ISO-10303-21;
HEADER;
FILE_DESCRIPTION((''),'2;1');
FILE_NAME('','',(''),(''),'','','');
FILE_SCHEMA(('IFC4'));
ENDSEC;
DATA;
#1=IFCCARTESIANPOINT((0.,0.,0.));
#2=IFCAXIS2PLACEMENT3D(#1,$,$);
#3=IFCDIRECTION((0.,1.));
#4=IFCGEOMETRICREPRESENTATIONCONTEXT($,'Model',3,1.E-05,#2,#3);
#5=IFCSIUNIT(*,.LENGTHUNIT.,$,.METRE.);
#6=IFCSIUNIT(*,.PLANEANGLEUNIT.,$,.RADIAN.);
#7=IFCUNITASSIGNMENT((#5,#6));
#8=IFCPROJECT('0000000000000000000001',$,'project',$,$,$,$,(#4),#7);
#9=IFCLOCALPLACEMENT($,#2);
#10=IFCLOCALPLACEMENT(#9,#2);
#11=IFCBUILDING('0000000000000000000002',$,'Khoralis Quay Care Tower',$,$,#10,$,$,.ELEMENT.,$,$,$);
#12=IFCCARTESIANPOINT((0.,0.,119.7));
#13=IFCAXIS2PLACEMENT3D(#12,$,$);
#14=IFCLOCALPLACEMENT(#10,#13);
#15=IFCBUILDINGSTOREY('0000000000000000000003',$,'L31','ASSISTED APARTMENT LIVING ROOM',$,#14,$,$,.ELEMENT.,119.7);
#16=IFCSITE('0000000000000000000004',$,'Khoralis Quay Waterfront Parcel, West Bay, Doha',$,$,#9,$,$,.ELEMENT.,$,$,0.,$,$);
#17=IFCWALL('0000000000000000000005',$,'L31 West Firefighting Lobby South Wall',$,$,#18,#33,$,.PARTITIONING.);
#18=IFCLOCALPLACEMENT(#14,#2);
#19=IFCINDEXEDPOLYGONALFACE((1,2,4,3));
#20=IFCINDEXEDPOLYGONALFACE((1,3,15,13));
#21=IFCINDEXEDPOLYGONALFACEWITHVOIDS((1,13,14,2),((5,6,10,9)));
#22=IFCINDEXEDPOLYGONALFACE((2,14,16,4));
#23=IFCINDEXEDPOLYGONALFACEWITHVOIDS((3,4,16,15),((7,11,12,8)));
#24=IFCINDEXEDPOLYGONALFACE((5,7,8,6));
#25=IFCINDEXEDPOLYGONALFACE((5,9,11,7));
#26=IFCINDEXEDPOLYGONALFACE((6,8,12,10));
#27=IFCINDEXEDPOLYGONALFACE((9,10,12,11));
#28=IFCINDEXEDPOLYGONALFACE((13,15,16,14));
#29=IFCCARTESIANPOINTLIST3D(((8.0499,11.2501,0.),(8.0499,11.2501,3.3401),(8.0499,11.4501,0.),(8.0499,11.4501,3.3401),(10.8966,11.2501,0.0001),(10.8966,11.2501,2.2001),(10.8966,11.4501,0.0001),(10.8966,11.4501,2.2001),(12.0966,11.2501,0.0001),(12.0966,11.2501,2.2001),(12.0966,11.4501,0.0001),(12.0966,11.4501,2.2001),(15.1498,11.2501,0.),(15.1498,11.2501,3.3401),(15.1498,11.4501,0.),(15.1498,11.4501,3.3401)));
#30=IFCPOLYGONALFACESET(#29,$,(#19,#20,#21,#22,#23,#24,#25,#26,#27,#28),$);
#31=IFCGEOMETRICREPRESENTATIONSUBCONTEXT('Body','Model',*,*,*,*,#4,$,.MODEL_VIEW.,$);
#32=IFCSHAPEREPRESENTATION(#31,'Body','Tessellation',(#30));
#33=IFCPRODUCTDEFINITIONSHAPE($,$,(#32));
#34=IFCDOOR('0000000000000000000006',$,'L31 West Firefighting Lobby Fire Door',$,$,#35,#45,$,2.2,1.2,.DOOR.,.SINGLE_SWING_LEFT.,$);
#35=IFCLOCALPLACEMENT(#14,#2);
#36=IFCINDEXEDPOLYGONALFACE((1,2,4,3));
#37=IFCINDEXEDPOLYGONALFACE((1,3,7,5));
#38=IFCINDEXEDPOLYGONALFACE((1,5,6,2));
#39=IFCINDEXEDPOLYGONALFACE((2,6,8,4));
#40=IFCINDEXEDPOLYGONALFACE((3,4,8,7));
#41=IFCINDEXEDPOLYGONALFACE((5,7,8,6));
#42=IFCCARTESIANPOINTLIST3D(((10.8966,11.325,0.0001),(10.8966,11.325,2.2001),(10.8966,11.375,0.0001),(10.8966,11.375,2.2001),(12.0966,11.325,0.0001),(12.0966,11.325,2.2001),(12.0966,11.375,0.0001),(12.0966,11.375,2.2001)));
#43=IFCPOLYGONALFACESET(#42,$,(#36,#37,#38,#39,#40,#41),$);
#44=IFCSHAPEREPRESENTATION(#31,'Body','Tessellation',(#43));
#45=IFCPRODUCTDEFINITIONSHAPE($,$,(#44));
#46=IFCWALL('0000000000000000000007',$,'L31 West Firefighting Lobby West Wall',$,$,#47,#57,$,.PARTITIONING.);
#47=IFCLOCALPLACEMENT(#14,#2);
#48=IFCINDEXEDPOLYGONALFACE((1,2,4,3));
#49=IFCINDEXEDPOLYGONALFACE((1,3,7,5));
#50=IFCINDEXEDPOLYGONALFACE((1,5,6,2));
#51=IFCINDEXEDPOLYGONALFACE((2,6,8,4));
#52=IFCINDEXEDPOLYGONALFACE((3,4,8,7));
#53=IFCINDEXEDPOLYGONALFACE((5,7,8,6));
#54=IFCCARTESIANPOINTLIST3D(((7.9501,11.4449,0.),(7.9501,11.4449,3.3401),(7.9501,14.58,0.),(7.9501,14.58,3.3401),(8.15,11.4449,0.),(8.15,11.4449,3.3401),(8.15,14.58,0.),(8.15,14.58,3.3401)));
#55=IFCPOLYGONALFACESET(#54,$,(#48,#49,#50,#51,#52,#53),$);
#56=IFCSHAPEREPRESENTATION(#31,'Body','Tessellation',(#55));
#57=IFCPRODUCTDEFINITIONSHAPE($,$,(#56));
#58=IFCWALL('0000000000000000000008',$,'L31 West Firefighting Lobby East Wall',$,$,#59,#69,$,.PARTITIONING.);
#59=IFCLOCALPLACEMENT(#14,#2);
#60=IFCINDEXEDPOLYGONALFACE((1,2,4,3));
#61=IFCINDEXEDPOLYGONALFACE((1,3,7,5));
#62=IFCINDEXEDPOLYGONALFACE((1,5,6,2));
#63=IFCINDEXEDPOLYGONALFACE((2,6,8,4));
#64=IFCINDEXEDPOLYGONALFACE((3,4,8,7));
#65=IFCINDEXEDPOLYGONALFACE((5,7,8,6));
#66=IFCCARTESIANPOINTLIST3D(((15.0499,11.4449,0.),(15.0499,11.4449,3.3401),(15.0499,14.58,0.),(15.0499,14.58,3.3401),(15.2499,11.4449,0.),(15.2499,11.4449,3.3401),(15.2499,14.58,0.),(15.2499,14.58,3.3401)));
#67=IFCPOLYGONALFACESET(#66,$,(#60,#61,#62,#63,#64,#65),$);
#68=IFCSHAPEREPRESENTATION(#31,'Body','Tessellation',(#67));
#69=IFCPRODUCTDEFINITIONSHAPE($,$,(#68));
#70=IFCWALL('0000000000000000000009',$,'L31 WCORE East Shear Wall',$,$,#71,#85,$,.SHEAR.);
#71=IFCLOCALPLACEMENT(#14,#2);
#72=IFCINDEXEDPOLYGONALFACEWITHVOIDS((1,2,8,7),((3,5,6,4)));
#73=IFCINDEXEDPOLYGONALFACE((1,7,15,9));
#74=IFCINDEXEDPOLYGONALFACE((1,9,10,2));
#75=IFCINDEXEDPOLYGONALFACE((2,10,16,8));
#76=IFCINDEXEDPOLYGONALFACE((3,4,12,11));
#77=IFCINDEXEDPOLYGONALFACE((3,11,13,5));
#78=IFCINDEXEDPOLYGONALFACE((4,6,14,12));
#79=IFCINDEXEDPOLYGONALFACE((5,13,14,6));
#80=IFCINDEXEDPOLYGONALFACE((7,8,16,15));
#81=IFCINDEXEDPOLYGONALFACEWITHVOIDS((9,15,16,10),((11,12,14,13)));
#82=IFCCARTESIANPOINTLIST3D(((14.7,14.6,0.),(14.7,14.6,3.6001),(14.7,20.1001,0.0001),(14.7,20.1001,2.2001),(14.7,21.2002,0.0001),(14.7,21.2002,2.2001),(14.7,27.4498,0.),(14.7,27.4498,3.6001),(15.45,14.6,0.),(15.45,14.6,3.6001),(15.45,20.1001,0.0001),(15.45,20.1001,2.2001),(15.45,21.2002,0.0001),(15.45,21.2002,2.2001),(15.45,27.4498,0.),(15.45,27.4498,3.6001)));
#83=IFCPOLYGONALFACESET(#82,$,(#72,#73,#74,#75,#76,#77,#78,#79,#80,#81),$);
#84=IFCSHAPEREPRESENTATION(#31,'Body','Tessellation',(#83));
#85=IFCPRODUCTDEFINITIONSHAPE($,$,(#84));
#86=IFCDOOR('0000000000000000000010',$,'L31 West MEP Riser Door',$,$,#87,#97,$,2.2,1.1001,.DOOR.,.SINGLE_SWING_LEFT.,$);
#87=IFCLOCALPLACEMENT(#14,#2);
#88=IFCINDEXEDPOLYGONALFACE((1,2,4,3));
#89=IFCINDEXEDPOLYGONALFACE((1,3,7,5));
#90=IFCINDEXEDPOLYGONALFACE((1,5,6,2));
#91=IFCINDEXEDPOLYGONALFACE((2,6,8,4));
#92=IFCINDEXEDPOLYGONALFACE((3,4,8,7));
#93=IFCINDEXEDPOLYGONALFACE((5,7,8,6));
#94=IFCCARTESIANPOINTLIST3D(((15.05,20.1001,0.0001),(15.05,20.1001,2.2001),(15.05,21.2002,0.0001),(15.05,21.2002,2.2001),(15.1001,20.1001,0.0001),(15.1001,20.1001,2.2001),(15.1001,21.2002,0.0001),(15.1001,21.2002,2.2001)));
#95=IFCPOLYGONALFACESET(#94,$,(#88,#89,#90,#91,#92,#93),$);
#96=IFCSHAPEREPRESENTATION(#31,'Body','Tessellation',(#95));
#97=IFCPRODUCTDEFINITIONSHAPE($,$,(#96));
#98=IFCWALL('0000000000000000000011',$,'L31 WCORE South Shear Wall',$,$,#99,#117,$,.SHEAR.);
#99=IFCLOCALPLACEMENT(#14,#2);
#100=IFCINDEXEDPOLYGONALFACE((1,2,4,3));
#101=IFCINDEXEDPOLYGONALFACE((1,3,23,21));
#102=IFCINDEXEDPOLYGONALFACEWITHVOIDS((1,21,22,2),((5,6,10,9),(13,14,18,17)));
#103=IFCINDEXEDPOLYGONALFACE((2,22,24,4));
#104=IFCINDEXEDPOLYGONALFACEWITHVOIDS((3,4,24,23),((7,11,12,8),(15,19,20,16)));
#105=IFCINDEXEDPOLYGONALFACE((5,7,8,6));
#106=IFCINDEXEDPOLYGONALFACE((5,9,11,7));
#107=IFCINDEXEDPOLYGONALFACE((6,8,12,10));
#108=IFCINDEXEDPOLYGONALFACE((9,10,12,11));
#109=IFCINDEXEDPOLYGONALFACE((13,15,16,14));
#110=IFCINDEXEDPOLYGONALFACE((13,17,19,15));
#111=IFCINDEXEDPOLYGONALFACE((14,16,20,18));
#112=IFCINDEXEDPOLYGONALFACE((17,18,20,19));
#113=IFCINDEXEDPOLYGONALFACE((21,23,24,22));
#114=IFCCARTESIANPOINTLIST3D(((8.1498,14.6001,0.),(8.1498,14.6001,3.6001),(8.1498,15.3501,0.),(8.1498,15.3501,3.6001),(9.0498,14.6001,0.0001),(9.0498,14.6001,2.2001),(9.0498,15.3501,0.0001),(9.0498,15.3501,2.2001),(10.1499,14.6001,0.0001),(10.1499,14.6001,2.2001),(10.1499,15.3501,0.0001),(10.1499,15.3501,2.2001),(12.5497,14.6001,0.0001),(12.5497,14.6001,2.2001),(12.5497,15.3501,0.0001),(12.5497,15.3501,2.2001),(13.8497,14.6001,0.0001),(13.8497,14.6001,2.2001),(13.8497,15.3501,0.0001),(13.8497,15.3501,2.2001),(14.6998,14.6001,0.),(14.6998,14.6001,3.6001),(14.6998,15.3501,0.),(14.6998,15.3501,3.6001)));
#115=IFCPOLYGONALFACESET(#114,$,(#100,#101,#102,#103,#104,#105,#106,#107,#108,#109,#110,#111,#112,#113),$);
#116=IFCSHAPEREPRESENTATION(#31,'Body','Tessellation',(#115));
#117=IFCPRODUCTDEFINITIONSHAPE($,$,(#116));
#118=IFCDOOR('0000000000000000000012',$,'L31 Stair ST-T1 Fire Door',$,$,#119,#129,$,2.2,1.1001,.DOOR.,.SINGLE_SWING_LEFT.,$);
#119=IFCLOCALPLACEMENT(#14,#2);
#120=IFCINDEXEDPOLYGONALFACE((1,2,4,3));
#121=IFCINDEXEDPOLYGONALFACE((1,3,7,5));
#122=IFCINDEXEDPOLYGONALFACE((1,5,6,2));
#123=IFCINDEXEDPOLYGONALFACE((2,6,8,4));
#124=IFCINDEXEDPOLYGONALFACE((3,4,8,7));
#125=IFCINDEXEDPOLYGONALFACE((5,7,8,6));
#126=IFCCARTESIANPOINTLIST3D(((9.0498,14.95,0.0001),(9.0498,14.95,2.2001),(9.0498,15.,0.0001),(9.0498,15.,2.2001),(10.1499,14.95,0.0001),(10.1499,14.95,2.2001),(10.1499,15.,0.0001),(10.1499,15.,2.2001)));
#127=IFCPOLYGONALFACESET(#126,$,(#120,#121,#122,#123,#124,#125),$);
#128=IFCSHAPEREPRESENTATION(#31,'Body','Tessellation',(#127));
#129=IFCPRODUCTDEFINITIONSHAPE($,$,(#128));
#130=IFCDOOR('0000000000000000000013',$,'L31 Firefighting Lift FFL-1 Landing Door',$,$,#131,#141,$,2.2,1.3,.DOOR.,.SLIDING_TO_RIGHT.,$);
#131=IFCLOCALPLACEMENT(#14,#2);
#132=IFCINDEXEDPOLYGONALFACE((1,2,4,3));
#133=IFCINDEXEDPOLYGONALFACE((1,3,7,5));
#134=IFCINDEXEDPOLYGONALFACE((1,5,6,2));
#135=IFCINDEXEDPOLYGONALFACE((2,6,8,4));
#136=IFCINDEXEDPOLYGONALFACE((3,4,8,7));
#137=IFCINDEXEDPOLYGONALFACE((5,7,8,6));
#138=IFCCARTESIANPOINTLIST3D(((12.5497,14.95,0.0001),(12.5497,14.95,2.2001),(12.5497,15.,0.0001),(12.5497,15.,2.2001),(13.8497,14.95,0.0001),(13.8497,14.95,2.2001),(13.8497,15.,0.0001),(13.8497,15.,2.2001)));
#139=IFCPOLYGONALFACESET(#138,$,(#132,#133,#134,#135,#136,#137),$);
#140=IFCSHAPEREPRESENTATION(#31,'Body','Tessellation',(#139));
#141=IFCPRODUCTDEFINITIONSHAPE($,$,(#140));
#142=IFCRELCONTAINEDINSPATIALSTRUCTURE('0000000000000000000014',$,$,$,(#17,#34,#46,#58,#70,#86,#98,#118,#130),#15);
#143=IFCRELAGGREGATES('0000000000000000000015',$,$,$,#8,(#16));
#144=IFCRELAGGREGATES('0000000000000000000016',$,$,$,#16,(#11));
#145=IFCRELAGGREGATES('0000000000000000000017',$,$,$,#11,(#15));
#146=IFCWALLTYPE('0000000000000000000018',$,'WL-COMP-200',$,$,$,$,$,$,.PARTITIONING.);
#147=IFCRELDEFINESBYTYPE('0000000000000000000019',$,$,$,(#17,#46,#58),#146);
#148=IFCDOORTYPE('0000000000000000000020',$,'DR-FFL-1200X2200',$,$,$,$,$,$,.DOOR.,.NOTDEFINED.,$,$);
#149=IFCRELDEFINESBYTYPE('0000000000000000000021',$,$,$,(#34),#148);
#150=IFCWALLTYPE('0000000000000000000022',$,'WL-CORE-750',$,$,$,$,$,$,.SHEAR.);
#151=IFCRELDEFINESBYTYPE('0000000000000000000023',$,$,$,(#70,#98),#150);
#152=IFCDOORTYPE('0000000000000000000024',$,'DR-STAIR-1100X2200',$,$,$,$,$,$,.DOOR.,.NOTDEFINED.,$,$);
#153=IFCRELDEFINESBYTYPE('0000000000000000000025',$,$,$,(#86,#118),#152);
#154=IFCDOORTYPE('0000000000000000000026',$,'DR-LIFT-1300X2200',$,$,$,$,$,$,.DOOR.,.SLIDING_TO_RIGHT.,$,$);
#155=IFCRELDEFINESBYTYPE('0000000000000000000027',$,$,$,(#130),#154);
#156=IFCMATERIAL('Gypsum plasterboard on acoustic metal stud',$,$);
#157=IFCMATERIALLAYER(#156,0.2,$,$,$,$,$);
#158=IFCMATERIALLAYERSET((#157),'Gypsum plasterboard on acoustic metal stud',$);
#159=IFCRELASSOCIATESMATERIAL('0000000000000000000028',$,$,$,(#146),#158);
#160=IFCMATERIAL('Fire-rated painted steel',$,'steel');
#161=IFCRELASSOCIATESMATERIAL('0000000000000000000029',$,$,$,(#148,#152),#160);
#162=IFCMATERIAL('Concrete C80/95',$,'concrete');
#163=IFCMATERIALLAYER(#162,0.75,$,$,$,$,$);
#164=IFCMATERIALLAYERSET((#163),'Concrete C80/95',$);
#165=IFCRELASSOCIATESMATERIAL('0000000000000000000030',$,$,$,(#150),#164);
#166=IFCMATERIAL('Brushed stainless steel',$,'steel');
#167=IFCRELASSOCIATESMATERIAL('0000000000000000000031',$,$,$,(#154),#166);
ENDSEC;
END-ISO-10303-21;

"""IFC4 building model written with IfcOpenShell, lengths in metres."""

from ifc_helpers import new_model, si_unit, direction, frame, frame_2d, origin, place, context, subcontext, project, spatial, rectangle, extrude, source, transform, mapped, material, layer, layer_set, type_object, element, fill, save


model = new_model("IFC4")

# Units and contexts
model_context = context("Model", 3, precision=1e-05, world=origin(), true_north=direction((0.0, 1.0)))
body_context = subcontext(model_context, "Body", "Model", "MODEL_VIEW")
ifc_project = project(units=[si_unit("LENGTHUNIT", "METRE"), si_unit("PLANEANGLEUNIT", "RADIAN")], contexts=[model_context])

# Site, building, storey
site_placement = place(None, origin())
site = spatial("IfcSite", under=ifc_project, at=site_placement, Name="Khoralis Quay Waterfront Parcel, West Bay, Doha", CompositionType="ELEMENT", RefElevation=0.0)
building_placement = place(site_placement, origin())
building = spatial("IfcBuilding", under=site, at=building_placement, Name="Khoralis Quay Care Tower", CompositionType="ELEMENT")
storey_placement = place(building_placement, frame((0.0, 0.0, 119.7)))
storey = spatial("IfcBuildingStorey", under=building, at=storey_placement, Name="L31", Description="ASSISTED APARTMENT LIVING ROOM", CompositionType="ELEMENT", Elevation=119.7)

# Wall, opening, door
ifc_material_1 = material(Name="Gypsum plasterboard on acoustic metal stud")
ifc_layer_1 = layer(ifc_material_1, 0.2)
ifc_layer_set_1 = layer_set([ifc_layer_1], Name="Gypsum plasterboard on acoustic metal stud")
wall_type_1 = type_object("IfcWallType", Name="WL-COMP-200", PredefinedType="PARTITIONING", material=ifc_layer_set_1)
wall_1_placement = place(storey_placement, frame((8.05, 11.3501, 0.0), z_axis=(0.0, 0.0, 1.0), x_axis=(1.0, 0.0, 0.0)))
wall_1 = element("IfcWall", 1, at=wall_1_placement, inside=storey, type_object=wall_type_1, Name="L31 West Firefighting Lobby South Wall", PredefinedType="PARTITIONING", context=body_context, shape_type="SweptSolid", body=[
    extrude(rectangle(XDim=7.0999, YDim=0.2, at=frame_2d((3.5498, 0.0))), origin(), (0.0, 0.0, 1.0), 3.3401),
])
opening_1_placement = place(wall_1_placement, frame((2.8464, 0.0, 0.0)))
opening_1 = element("IfcOpeningElement", 2, at=opening_1_placement, cuts=wall_1, PredefinedType="OPENING", context=body_context, shape_type="SweptSolid", body=[
    extrude(rectangle(XDim=1.2, YDim=2.2, at=frame_2d((0.6001, 1.1001))), frame((0.0, 0.1099, 0.0), z_axis=(0.0, -1.0, 0.0), x_axis=(1.0, 0.0, 0.0)), (0.0, 0.0, 1.0), 0.22),
])
ifc_material_2 = material(Name="Fire-rated painted steel", Category="steel")
door_type_1 = type_object("IfcDoorType", Name="DR-FFL-1200X2200", OperationType="NOTDEFINED", PredefinedType="DOOR", material=ifc_material_2)
shared_shape_1 = source(origin(), body_context, "Body", "SweptSolid", [
    extrude(rectangle(XDim=1.2, YDim=2.2, at=frame_2d((0.6001, 1.1001))), frame((0.0, 0.0249, 0.0), z_axis=(0.0, -1.0, 0.0), x_axis=(1.0, 0.0, 0.0)), (0.0, 0.0, 1.0), 0.05),
])
door_1_placement = place(opening_1_placement, origin())
door_1 = element("IfcDoor", 3, at=door_1_placement, inside=storey, type_object=door_type_1, Name="L31 West Firefighting Lobby Fire Door", OperationType="SINGLE_SWING_LEFT", OverallHeight=2.2, OverallWidth=1.2, PredefinedType="DOOR", context=body_context, shape_type="MappedRepresentation", body=[
    mapped(shared_shape_1, transform((0.0, 0.0, 0.0), scale=1.0)),
])
fill(opening_1, door_1)

# Walls
for number, where, z_axis, x_axis, name in (
    (4, (8.05, 11.4451, 0.0), (0.0, 0.0, 1.0), (0.0, 1.0, 0.0), "L31 West Firefighting Lobby West Wall"),
    (5, (15.1499, 11.4451, 0.0), (0.0, 0.0, 1.0), (0.0, 1.0, 0.0), "L31 West Firefighting Lobby East Wall"),
):
    element("IfcWall", number, at=place(storey_placement, frame(where, z_axis=z_axis, x_axis=x_axis)), inside=storey, type_object=wall_type_1, Name=name, PredefinedType="PARTITIONING", context=body_context, shape_type="SweptSolid", body=[
        extrude(rectangle(XDim=3.135, YDim=0.2, at=frame_2d((1.5674, 0.0))), origin(), (0.0, 0.0, 1.0), 3.3401),
    ])

# Wall, opening, door
ifc_material_3 = material(Name="Concrete C80/95", Category="concrete")
ifc_layer_2 = layer(ifc_material_3, 0.75)
ifc_layer_set_2 = layer_set([ifc_layer_2], Name="Concrete C80/95")
wall_type_2 = type_object("IfcWallType", Name="WL-CORE-750", PredefinedType="SHEAR", material=ifc_layer_set_2)
wall_2_placement = place(storey_placement, frame((15.075, 14.6001, 0.0), z_axis=(0.0, 0.0, 1.0), x_axis=(0.0, 1.0, 0.0)))
wall_2 = element("IfcWall", 6, at=wall_2_placement, inside=storey, type_object=wall_type_2, Name="L31 WCORE East Shear Wall", PredefinedType="SHEAR", context=body_context, shape_type="SweptSolid", body=[
    extrude(rectangle(XDim=12.8499, YDim=0.75, at=frame_2d((6.4248, 0.0))), origin(), (0.0, 0.0, 1.0), 3.6001),
])
opening_2_placement = place(wall_2_placement, frame((5.5, 0.0, 0.0)))
opening_2 = element("IfcOpeningElement", 7, at=opening_2_placement, cuts=wall_2, PredefinedType="OPENING", context=body_context, shape_type="SweptSolid", body=[
    extrude(rectangle(XDim=1.1001, YDim=2.2, at=frame_2d((0.55, 1.1001))), frame((0.0, 0.385, 0.0), z_axis=(0.0, -1.0, 0.0), x_axis=(1.0, 0.0, 0.0)), (0.0, 0.0, 1.0), 0.77),
])
door_type_2 = type_object("IfcDoorType", Name="DR-STAIR-1100X2200", OperationType="NOTDEFINED", PredefinedType="DOOR", material=ifc_material_2)
shared_shape_2 = source(origin(), body_context, "Body", "SweptSolid", [
    extrude(rectangle(XDim=1.1001, YDim=2.2, at=frame_2d((0.55, 1.1001))), frame((0.0, 0.0249, 0.0), z_axis=(0.0, -1.0, 0.0), x_axis=(1.0, 0.0, 0.0)), (0.0, 0.0, 1.0), 0.05),
])
door_2_placement = place(opening_2_placement, origin())
door_2 = element("IfcDoor", 8, at=door_2_placement, inside=storey, type_object=door_type_2, Name="L31 West MEP Riser Door", OperationType="SINGLE_SWING_LEFT", OverallHeight=2.2, OverallWidth=1.1001, PredefinedType="DOOR", context=body_context, shape_type="MappedRepresentation", body=[
    mapped(shared_shape_2, transform((0.0, 0.0, 0.0), scale=1.0)),
])
fill(opening_2, door_2)

# Wall, openings, doors
wall_3_placement = place(storey_placement, frame((8.1499, 14.9751, 0.0), z_axis=(0.0, 0.0, 1.0), x_axis=(1.0, 0.0, 0.0)))
wall_3 = element("IfcWall", 9, at=wall_3_placement, inside=storey, type_object=wall_type_2, Name="L31 WCORE South Shear Wall", PredefinedType="SHEAR", context=body_context, shape_type="SweptSolid", body=[
    extrude(rectangle(XDim=6.55, YDim=0.75, at=frame_2d((3.2749, 0.0))), origin(), (0.0, 0.0, 1.0), 3.6001),
])
opening_3_placement = place(wall_3_placement, frame((0.8999, 0.0, 0.0)))
opening_3 = element("IfcOpeningElement", 10, at=opening_3_placement, cuts=wall_3, PredefinedType="OPENING", context=body_context, shape_type="SweptSolid", body=[
    extrude(rectangle(XDim=1.1001, YDim=2.2, at=frame_2d((0.55, 1.1001))), frame((0.0, 0.385, 0.0), z_axis=(0.0, -1.0, 0.0), x_axis=(1.0, 0.0, 0.0)), (0.0, 0.0, 1.0), 0.77),
])
opening_4_placement = place(wall_3_placement, frame((4.3999, 0.0, 0.0)))
opening_4 = element("IfcOpeningElement", 11, at=opening_4_placement, cuts=wall_3, PredefinedType="OPENING", context=body_context, shape_type="SweptSolid", body=[
    extrude(rectangle(XDim=1.3, YDim=2.2, at=frame_2d((0.6499, 1.1001))), frame((0.0, 0.385, 0.0), z_axis=(0.0, -1.0, 0.0), x_axis=(1.0, 0.0, 0.0)), (0.0, 0.0, 1.0), 0.77),
])
door_3_placement = place(opening_3_placement, origin())
door_3 = element("IfcDoor", 12, at=door_3_placement, inside=storey, type_object=door_type_2, Name="L31 Stair ST-T1 Fire Door", OperationType="SINGLE_SWING_LEFT", OverallHeight=2.2, OverallWidth=1.1001, PredefinedType="DOOR", context=body_context, shape_type="MappedRepresentation", body=[
    mapped(shared_shape_2, transform((0.0, 0.0, 0.0), scale=1.0)),
])
fill(opening_3, door_3)
ifc_material_4 = material(Name="Brushed stainless steel", Category="steel")
door_type_3 = type_object("IfcDoorType", Name="DR-LIFT-1300X2200", OperationType="SLIDING_TO_RIGHT", PredefinedType="DOOR", material=ifc_material_4)
shared_shape_3 = source(origin(), body_context, "Body", "SweptSolid", [
    extrude(rectangle(XDim=1.3, YDim=2.2, at=frame_2d((0.6499, 1.1001))), frame((0.0, 0.0249, 0.0), z_axis=(0.0, -1.0, 0.0), x_axis=(1.0, 0.0, 0.0)), (0.0, 0.0, 1.0), 0.05),
])
door_4_placement = place(opening_4_placement, origin())
door_4 = element("IfcDoor", 13, at=door_4_placement, inside=storey, type_object=door_type_3, Name="L31 Firefighting Lift FFL-1 Landing Door", OperationType="SLIDING_TO_RIGHT", OverallHeight=2.2, OverallWidth=1.3, PredefinedType="DOOR", context=body_context, shape_type="MappedRepresentation", body=[
    mapped(shared_shape_3, transform((0.0, 0.0, 0.0), scale=1.0)),
])
fill(opening_4, door_4)

save(model, "model.ifc")
